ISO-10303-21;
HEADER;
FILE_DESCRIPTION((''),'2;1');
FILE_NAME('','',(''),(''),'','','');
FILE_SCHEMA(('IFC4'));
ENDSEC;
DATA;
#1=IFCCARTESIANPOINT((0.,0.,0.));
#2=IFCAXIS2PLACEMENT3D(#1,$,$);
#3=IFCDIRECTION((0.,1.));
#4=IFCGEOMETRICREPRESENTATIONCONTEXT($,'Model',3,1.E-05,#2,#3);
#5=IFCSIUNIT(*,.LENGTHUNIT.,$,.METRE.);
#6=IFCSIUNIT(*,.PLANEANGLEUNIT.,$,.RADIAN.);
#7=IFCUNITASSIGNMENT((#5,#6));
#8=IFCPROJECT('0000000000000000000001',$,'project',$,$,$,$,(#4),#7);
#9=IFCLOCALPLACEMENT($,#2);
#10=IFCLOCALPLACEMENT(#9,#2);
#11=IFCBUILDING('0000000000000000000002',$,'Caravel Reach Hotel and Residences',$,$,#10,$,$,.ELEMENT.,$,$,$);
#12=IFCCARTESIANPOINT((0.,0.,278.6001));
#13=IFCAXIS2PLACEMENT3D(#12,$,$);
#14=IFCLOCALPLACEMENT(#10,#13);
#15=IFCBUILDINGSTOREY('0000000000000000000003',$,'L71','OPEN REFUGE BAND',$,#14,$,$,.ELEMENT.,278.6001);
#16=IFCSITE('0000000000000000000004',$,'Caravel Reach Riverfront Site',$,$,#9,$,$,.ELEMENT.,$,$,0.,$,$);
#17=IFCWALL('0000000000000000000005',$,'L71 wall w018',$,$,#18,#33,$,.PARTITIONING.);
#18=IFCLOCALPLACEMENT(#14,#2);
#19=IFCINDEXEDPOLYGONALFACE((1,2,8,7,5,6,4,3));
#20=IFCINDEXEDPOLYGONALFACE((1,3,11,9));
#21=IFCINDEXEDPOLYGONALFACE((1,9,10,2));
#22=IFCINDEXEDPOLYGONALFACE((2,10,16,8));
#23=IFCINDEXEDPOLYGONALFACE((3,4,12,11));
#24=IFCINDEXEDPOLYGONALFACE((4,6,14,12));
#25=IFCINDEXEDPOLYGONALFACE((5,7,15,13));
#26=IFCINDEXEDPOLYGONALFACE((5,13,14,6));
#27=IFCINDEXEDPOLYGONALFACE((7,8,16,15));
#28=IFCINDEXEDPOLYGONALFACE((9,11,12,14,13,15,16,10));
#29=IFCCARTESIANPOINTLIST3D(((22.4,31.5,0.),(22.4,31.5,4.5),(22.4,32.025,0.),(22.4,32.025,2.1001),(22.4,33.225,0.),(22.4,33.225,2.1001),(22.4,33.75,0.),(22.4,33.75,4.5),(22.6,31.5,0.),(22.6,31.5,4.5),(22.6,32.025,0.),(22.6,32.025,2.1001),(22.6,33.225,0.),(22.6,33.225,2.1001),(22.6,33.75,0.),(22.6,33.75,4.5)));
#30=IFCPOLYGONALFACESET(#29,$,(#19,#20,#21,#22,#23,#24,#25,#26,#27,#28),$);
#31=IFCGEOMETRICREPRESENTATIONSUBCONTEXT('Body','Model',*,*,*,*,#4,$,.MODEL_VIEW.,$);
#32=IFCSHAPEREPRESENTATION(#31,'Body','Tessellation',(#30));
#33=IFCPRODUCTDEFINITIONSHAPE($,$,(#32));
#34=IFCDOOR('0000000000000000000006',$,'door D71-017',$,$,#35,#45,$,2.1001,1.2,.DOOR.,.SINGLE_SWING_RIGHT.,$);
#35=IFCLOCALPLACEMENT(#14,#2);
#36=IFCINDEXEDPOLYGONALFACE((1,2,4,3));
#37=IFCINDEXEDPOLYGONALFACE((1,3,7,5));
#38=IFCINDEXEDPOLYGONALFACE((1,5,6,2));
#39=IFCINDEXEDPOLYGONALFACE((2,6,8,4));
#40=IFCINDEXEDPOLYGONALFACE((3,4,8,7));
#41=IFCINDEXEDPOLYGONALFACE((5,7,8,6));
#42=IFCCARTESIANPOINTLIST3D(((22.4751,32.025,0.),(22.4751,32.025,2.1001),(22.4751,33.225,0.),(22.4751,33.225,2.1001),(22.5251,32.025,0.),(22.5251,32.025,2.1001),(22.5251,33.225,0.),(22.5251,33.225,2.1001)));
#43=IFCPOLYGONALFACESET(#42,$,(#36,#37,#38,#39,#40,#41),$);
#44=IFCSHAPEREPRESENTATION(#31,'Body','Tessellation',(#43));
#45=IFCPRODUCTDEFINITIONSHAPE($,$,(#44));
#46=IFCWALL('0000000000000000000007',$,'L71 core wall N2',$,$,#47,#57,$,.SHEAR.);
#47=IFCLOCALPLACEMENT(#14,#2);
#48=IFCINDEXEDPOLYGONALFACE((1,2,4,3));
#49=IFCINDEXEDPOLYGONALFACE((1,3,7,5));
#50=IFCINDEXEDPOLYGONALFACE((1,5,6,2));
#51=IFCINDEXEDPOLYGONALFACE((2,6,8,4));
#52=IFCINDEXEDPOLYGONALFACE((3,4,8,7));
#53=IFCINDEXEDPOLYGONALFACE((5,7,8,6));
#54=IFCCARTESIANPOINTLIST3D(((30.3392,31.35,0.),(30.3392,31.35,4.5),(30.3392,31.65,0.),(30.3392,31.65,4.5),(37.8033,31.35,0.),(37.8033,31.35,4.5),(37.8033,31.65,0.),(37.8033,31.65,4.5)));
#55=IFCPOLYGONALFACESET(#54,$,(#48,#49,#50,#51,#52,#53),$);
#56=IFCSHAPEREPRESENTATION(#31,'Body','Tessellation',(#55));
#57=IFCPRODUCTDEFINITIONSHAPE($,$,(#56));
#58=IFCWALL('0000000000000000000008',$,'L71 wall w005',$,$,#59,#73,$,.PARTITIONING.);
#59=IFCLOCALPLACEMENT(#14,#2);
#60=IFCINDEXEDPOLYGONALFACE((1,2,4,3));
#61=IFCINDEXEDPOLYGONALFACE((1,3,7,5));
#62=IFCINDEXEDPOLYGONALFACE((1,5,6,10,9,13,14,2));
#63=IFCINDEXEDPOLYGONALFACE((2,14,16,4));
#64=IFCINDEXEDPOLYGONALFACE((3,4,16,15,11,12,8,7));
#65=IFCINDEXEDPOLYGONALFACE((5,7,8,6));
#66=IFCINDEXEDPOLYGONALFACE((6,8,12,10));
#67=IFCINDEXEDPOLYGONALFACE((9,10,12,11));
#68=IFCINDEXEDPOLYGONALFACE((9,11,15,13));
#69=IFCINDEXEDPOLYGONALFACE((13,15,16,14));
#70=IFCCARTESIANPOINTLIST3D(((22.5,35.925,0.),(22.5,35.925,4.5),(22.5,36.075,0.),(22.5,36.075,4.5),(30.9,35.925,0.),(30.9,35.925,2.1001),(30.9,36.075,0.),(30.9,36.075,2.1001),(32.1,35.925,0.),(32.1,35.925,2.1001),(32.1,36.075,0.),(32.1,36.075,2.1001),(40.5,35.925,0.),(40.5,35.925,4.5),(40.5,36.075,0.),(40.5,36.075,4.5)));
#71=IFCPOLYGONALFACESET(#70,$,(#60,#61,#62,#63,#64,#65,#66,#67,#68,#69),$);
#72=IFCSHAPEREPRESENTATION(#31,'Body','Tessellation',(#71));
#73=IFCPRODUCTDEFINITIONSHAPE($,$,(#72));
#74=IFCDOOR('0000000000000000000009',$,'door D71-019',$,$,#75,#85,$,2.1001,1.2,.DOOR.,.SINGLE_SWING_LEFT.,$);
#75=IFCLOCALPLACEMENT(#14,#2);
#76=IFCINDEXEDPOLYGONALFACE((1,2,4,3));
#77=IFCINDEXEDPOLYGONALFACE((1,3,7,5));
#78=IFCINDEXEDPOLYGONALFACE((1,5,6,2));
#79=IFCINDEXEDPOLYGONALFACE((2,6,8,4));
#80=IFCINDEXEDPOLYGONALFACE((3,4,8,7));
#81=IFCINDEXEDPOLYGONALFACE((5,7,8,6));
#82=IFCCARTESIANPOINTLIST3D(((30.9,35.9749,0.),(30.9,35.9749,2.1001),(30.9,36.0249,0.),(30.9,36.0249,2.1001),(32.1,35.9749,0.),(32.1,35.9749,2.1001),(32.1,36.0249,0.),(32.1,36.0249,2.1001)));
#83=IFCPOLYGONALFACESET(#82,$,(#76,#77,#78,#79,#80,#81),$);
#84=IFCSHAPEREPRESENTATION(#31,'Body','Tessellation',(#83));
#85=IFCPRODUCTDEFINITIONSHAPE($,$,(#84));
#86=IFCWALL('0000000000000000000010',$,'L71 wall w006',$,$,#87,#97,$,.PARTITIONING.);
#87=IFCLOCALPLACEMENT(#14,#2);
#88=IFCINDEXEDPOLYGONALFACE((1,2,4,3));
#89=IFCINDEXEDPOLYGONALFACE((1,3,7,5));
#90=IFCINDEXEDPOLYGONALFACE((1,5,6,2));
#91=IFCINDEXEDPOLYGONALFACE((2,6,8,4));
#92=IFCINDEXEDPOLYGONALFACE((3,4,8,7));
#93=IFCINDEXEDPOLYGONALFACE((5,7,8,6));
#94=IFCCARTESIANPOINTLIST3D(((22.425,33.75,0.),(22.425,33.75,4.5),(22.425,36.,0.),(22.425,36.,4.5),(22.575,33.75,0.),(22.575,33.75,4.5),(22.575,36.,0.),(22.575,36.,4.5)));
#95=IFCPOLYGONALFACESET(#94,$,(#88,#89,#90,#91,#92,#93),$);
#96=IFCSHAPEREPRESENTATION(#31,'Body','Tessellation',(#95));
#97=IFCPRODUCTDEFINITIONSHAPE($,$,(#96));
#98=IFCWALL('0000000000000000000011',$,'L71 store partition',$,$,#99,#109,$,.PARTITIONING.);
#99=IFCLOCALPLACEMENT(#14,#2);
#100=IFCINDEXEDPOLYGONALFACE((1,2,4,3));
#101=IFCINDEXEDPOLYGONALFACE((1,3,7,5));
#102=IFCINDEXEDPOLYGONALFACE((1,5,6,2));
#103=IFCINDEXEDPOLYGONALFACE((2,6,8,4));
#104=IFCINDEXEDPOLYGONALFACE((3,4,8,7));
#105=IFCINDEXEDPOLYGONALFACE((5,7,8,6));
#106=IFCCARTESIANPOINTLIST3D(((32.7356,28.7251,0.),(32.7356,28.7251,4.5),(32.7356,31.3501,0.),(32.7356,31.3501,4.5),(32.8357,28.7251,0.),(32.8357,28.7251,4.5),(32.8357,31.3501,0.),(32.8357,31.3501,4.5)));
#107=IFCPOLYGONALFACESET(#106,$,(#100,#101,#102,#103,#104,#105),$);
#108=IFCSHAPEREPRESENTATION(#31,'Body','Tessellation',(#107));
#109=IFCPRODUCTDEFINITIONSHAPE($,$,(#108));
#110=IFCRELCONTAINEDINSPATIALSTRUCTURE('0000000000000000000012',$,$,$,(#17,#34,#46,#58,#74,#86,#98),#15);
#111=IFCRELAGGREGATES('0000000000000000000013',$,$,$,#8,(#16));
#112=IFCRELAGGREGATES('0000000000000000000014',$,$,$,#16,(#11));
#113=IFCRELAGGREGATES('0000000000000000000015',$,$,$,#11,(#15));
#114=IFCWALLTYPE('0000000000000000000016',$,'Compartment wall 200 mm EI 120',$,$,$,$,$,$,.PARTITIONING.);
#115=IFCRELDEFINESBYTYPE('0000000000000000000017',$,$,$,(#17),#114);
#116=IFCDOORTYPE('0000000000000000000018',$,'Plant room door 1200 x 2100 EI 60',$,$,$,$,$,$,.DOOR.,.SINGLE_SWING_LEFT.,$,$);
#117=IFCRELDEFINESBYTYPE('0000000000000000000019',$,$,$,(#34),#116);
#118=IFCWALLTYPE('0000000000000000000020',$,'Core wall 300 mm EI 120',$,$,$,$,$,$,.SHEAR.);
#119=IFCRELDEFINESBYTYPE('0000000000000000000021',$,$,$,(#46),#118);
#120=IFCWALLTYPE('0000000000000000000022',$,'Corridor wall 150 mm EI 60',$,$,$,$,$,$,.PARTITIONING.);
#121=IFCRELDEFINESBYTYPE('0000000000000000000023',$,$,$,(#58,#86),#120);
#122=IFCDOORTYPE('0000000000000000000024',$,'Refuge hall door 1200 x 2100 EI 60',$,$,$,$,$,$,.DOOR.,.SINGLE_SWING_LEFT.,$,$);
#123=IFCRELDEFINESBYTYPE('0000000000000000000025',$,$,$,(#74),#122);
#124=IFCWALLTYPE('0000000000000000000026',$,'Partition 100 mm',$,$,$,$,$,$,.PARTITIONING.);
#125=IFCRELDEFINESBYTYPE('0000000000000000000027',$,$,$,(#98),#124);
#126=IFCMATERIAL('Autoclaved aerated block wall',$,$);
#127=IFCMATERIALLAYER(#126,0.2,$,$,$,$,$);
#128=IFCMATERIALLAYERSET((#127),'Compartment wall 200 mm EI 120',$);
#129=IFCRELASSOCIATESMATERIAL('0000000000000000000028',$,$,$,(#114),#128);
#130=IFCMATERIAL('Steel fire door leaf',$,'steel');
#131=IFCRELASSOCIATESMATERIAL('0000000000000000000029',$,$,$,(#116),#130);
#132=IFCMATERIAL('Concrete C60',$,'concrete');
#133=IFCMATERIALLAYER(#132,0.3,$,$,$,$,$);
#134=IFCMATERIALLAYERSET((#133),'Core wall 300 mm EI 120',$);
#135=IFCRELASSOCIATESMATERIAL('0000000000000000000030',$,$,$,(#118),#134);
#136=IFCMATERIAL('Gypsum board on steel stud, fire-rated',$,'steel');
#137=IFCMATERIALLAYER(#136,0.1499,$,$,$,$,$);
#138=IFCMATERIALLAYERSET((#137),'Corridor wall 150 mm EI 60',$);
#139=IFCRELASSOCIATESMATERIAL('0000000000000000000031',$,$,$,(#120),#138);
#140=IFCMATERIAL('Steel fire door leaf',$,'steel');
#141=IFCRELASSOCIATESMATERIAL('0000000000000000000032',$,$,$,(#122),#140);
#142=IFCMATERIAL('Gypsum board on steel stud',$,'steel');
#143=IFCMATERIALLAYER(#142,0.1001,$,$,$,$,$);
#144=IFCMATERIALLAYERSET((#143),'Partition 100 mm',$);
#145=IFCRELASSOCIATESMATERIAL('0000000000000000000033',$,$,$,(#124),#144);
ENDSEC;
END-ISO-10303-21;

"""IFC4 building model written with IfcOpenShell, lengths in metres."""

from ifc_helpers import new_model, si_unit, direction, frame, frame_2d, origin, place, context, subcontext, project, spatial, rectangle, extrude, material, layer, layer_set, type_object, element, fill, save


model = new_model("IFC4")

# Units and contexts
model_context = context("Model", 3, precision=1e-05, world=origin(), true_north=direction((0.0, 1.0)))
body_context = subcontext(model_context, "Body", "Model", "MODEL_VIEW")
ifc_project = project(units=[si_unit("LENGTHUNIT", "METRE"), si_unit("PLANEANGLEUNIT", "RADIAN")], contexts=[model_context])

# Site, building, storey
site_placement = place(None, origin())
site = spatial("IfcSite", under=ifc_project, at=site_placement, Name="Caravel Reach Riverfront Site", CompositionType="ELEMENT", RefElevation=0.0)
building_placement = place(site_placement, origin())
building = spatial("IfcBuilding", under=site, at=building_placement, Name="Caravel Reach Hotel and Residences", CompositionType="ELEMENT")
storey_placement = place(building_placement, frame((0.0, 0.0, 278.6001)))
storey = spatial("IfcBuildingStorey", under=building, at=storey_placement, Name="L71", Description="OPEN REFUGE BAND", CompositionType="ELEMENT", Elevation=278.6001)

# Shared definitions
ifc_material_1 = material(Name="Autoclaved aerated block wall")
ifc_layer_1 = layer(ifc_material_1, 0.2)
ifc_layer_set_1 = layer_set([ifc_layer_1], Name="Compartment wall 200 mm EI 120")
wall_type_1 = type_object("IfcWallType", Name="Compartment wall 200 mm EI 120", PredefinedType="PARTITIONING", material=ifc_layer_set_1)

# Wall, opening, door
wall_1_placement = place(storey_placement, frame((22.5, 31.5, 0.0), z_axis=(0.0, 0.0, 1.0), x_axis=(0.0, 1.0, 0.0)))
wall_1 = element("IfcWall", 1, at=wall_1_placement, inside=storey, type_object=wall_type_1, Name="L71 wall w018", PredefinedType="PARTITIONING", context=body_context, shape_type="SweptSolid", body=[
    extrude(rectangle(XDim=2.25, YDim=0.2, at=frame_2d((1.125, 0.0))), origin(), (0.0, 0.0, 1.0), 4.5),
])
opening_1_placement = place(wall_1_placement, frame((0.5249, 0.0, 0.0)))
opening_1 = element("IfcOpeningElement", 2, at=opening_1_placement, cuts=wall_1, PredefinedType="OPENING", context=body_context, shape_type="SweptSolid", body=[
    extrude(rectangle(XDim=1.2, YDim=2.1001, at=frame_2d((0.6001, 1.05))), frame((0.0, 0.1099, 0.0), z_axis=(0.0, -1.0, 0.0), x_axis=(1.0, 0.0, 0.0)), (0.0, 0.0, 1.0), 0.22),
])
ifc_material_2 = material(Name="Steel fire door leaf", Category="steel")
door_type_1 = type_object("IfcDoorType", Name="Plant room door 1200 x 2100 EI 60", OperationType="SINGLE_SWING_LEFT", PredefinedType="DOOR", material=ifc_material_2)
door_1_placement = place(opening_1_placement, origin())
door_1 = element("IfcDoor", 3, at=door_1_placement, inside=storey, type_object=door_type_1, Name="door D71-017", OperationType="SINGLE_SWING_RIGHT", OverallHeight=2.1001, OverallWidth=1.2, PredefinedType="DOOR", context=body_context, shape_type="SweptSolid", body=[
    extrude(rectangle(XDim=1.2, YDim=2.1001, at=frame_2d((0.6001, 1.05))), frame((0.0, 0.0249, 0.0), z_axis=(0.0, -1.0, 0.0), x_axis=(1.0, 0.0, 0.0)), (0.0, 0.0, 1.0), 0.05),
])
fill(opening_1, door_1)

# Wall
ifc_material_3 = material(Name="Concrete C60", Category="concrete")
ifc_layer_2 = layer(ifc_material_3, 0.3)
ifc_layer_set_2 = layer_set([ifc_layer_2], Name="Core wall 300 mm EI 120")
wall_type_2 = type_object("IfcWallType", Name="Core wall 300 mm EI 120", PredefinedType="SHEAR", material=ifc_layer_set_2)
wall_2_placement = place(storey_placement, frame((30.3394, 31.5, 0.0), z_axis=(0.0, 0.0, 1.0), x_axis=(1.0, 0.0, 0.0)))
element("IfcWall", 4, at=wall_2_placement, inside=storey, type_object=wall_type_2, Name="L71 core wall N2", PredefinedType="SHEAR", context=body_context, shape_type="SweptSolid", body=[
    extrude(rectangle(XDim=7.4641, YDim=0.3, at=frame_2d((3.7319, 0.0))), origin(), (0.0, 0.0, 1.0), 4.5),
])

# Wall, opening, door
ifc_material_4 = material(Name="Gypsum board on steel stud, fire-rated", Category="steel")
ifc_layer_3 = layer(ifc_material_4, 0.1499)
ifc_layer_set_3 = layer_set([ifc_layer_3], Name="Corridor wall 150 mm EI 60")
wall_type_3 = type_object("IfcWallType", Name="Corridor wall 150 mm EI 60", PredefinedType="PARTITIONING", material=ifc_layer_set_3)
wall_3_placement = place(storey_placement, frame((22.5, 36.0, 0.0), z_axis=(0.0, 0.0, 1.0), x_axis=(1.0, 0.0, 0.0)))
wall_3 = element("IfcWall", 5, at=wall_3_placement, inside=storey, type_object=wall_type_3, Name="L71 wall w005", PredefinedType="PARTITIONING", context=body_context, shape_type="SweptSolid", body=[
    extrude(rectangle(XDim=18.0, YDim=0.1499, at=frame_2d((9.0, 0.0))), origin(), (0.0, 0.0, 1.0), 4.5),
])
opening_2_placement = place(wall_3_placement, frame((8.3999, 0.0, 0.0)))
opening_2 = element("IfcOpeningElement", 6, at=opening_2_placement, cuts=wall_3, PredefinedType="OPENING", context=body_context, shape_type="SweptSolid", body=[
    extrude(rectangle(XDim=1.2, YDim=2.1001, at=frame_2d((0.6001, 1.05))), frame((0.0, 0.085, 0.0), z_axis=(0.0, -1.0, 0.0), x_axis=(1.0, 0.0, 0.0)), (0.0, 0.0, 1.0), 0.1699),
])
ifc_material_5 = material(Name="Steel fire door leaf", Category="steel")
door_type_2 = type_object("IfcDoorType", Name="Refuge hall door 1200 x 2100 EI 60", OperationType="SINGLE_SWING_LEFT", PredefinedType="DOOR", material=ifc_material_5)
door_2_placement = place(opening_2_placement, origin())
door_2 = element("IfcDoor", 7, at=door_2_placement, inside=storey, type_object=door_type_2, Name="door D71-019", OperationType="SINGLE_SWING_LEFT", OverallHeight=2.1001, OverallWidth=1.2, PredefinedType="DOOR", context=body_context, shape_type="SweptSolid", body=[
    extrude(rectangle(XDim=1.2, YDim=2.1001, at=frame_2d((0.6001, 1.05))), frame((0.0, 0.0249, 0.0), z_axis=(0.0, -1.0, 0.0), x_axis=(1.0, 0.0, 0.0)), (0.0, 0.0, 1.0), 0.05),
])
fill(opening_2, door_2)

# Walls
wall_4_placement = place(storey_placement, frame((22.5, 33.75, 0.0), z_axis=(0.0, 0.0, 1.0), x_axis=(0.0, 1.0, 0.0)))
element("IfcWall", 8, at=wall_4_placement, inside=storey, type_object=wall_type_3, Name="L71 wall w006", PredefinedType="PARTITIONING", context=body_context, shape_type="SweptSolid", body=[
    extrude(rectangle(XDim=2.25, YDim=0.1499, at=frame_2d((1.125, 0.0))), origin(), (0.0, 0.0, 1.0), 4.5),
])
ifc_material_6 = material(Name="Gypsum board on steel stud", Category="steel")
ifc_layer_4 = layer(ifc_material_6, 0.1001)
ifc_layer_set_4 = layer_set([ifc_layer_4], Name="Partition 100 mm")
wall_type_4 = type_object("IfcWallType", Name="Partition 100 mm", PredefinedType="PARTITIONING", material=ifc_layer_set_4)
wall_5_placement = place(storey_placement, frame((32.7856, 28.7251, 0.0), z_axis=(0.0, 0.0, 1.0), x_axis=(0.0, 1.0, 0.0)))
element("IfcWall", 9, at=wall_5_placement, inside=storey, type_object=wall_type_4, Name="L71 store partition", PredefinedType="PARTITIONING", context=body_context, shape_type="SweptSolid", body=[
    extrude(rectangle(XDim=2.625, YDim=0.1001, at=frame_2d((1.3125, 0.0))), origin(), (0.0, 0.0, 1.0), 4.5),
])

save(model, "model.ifc")
